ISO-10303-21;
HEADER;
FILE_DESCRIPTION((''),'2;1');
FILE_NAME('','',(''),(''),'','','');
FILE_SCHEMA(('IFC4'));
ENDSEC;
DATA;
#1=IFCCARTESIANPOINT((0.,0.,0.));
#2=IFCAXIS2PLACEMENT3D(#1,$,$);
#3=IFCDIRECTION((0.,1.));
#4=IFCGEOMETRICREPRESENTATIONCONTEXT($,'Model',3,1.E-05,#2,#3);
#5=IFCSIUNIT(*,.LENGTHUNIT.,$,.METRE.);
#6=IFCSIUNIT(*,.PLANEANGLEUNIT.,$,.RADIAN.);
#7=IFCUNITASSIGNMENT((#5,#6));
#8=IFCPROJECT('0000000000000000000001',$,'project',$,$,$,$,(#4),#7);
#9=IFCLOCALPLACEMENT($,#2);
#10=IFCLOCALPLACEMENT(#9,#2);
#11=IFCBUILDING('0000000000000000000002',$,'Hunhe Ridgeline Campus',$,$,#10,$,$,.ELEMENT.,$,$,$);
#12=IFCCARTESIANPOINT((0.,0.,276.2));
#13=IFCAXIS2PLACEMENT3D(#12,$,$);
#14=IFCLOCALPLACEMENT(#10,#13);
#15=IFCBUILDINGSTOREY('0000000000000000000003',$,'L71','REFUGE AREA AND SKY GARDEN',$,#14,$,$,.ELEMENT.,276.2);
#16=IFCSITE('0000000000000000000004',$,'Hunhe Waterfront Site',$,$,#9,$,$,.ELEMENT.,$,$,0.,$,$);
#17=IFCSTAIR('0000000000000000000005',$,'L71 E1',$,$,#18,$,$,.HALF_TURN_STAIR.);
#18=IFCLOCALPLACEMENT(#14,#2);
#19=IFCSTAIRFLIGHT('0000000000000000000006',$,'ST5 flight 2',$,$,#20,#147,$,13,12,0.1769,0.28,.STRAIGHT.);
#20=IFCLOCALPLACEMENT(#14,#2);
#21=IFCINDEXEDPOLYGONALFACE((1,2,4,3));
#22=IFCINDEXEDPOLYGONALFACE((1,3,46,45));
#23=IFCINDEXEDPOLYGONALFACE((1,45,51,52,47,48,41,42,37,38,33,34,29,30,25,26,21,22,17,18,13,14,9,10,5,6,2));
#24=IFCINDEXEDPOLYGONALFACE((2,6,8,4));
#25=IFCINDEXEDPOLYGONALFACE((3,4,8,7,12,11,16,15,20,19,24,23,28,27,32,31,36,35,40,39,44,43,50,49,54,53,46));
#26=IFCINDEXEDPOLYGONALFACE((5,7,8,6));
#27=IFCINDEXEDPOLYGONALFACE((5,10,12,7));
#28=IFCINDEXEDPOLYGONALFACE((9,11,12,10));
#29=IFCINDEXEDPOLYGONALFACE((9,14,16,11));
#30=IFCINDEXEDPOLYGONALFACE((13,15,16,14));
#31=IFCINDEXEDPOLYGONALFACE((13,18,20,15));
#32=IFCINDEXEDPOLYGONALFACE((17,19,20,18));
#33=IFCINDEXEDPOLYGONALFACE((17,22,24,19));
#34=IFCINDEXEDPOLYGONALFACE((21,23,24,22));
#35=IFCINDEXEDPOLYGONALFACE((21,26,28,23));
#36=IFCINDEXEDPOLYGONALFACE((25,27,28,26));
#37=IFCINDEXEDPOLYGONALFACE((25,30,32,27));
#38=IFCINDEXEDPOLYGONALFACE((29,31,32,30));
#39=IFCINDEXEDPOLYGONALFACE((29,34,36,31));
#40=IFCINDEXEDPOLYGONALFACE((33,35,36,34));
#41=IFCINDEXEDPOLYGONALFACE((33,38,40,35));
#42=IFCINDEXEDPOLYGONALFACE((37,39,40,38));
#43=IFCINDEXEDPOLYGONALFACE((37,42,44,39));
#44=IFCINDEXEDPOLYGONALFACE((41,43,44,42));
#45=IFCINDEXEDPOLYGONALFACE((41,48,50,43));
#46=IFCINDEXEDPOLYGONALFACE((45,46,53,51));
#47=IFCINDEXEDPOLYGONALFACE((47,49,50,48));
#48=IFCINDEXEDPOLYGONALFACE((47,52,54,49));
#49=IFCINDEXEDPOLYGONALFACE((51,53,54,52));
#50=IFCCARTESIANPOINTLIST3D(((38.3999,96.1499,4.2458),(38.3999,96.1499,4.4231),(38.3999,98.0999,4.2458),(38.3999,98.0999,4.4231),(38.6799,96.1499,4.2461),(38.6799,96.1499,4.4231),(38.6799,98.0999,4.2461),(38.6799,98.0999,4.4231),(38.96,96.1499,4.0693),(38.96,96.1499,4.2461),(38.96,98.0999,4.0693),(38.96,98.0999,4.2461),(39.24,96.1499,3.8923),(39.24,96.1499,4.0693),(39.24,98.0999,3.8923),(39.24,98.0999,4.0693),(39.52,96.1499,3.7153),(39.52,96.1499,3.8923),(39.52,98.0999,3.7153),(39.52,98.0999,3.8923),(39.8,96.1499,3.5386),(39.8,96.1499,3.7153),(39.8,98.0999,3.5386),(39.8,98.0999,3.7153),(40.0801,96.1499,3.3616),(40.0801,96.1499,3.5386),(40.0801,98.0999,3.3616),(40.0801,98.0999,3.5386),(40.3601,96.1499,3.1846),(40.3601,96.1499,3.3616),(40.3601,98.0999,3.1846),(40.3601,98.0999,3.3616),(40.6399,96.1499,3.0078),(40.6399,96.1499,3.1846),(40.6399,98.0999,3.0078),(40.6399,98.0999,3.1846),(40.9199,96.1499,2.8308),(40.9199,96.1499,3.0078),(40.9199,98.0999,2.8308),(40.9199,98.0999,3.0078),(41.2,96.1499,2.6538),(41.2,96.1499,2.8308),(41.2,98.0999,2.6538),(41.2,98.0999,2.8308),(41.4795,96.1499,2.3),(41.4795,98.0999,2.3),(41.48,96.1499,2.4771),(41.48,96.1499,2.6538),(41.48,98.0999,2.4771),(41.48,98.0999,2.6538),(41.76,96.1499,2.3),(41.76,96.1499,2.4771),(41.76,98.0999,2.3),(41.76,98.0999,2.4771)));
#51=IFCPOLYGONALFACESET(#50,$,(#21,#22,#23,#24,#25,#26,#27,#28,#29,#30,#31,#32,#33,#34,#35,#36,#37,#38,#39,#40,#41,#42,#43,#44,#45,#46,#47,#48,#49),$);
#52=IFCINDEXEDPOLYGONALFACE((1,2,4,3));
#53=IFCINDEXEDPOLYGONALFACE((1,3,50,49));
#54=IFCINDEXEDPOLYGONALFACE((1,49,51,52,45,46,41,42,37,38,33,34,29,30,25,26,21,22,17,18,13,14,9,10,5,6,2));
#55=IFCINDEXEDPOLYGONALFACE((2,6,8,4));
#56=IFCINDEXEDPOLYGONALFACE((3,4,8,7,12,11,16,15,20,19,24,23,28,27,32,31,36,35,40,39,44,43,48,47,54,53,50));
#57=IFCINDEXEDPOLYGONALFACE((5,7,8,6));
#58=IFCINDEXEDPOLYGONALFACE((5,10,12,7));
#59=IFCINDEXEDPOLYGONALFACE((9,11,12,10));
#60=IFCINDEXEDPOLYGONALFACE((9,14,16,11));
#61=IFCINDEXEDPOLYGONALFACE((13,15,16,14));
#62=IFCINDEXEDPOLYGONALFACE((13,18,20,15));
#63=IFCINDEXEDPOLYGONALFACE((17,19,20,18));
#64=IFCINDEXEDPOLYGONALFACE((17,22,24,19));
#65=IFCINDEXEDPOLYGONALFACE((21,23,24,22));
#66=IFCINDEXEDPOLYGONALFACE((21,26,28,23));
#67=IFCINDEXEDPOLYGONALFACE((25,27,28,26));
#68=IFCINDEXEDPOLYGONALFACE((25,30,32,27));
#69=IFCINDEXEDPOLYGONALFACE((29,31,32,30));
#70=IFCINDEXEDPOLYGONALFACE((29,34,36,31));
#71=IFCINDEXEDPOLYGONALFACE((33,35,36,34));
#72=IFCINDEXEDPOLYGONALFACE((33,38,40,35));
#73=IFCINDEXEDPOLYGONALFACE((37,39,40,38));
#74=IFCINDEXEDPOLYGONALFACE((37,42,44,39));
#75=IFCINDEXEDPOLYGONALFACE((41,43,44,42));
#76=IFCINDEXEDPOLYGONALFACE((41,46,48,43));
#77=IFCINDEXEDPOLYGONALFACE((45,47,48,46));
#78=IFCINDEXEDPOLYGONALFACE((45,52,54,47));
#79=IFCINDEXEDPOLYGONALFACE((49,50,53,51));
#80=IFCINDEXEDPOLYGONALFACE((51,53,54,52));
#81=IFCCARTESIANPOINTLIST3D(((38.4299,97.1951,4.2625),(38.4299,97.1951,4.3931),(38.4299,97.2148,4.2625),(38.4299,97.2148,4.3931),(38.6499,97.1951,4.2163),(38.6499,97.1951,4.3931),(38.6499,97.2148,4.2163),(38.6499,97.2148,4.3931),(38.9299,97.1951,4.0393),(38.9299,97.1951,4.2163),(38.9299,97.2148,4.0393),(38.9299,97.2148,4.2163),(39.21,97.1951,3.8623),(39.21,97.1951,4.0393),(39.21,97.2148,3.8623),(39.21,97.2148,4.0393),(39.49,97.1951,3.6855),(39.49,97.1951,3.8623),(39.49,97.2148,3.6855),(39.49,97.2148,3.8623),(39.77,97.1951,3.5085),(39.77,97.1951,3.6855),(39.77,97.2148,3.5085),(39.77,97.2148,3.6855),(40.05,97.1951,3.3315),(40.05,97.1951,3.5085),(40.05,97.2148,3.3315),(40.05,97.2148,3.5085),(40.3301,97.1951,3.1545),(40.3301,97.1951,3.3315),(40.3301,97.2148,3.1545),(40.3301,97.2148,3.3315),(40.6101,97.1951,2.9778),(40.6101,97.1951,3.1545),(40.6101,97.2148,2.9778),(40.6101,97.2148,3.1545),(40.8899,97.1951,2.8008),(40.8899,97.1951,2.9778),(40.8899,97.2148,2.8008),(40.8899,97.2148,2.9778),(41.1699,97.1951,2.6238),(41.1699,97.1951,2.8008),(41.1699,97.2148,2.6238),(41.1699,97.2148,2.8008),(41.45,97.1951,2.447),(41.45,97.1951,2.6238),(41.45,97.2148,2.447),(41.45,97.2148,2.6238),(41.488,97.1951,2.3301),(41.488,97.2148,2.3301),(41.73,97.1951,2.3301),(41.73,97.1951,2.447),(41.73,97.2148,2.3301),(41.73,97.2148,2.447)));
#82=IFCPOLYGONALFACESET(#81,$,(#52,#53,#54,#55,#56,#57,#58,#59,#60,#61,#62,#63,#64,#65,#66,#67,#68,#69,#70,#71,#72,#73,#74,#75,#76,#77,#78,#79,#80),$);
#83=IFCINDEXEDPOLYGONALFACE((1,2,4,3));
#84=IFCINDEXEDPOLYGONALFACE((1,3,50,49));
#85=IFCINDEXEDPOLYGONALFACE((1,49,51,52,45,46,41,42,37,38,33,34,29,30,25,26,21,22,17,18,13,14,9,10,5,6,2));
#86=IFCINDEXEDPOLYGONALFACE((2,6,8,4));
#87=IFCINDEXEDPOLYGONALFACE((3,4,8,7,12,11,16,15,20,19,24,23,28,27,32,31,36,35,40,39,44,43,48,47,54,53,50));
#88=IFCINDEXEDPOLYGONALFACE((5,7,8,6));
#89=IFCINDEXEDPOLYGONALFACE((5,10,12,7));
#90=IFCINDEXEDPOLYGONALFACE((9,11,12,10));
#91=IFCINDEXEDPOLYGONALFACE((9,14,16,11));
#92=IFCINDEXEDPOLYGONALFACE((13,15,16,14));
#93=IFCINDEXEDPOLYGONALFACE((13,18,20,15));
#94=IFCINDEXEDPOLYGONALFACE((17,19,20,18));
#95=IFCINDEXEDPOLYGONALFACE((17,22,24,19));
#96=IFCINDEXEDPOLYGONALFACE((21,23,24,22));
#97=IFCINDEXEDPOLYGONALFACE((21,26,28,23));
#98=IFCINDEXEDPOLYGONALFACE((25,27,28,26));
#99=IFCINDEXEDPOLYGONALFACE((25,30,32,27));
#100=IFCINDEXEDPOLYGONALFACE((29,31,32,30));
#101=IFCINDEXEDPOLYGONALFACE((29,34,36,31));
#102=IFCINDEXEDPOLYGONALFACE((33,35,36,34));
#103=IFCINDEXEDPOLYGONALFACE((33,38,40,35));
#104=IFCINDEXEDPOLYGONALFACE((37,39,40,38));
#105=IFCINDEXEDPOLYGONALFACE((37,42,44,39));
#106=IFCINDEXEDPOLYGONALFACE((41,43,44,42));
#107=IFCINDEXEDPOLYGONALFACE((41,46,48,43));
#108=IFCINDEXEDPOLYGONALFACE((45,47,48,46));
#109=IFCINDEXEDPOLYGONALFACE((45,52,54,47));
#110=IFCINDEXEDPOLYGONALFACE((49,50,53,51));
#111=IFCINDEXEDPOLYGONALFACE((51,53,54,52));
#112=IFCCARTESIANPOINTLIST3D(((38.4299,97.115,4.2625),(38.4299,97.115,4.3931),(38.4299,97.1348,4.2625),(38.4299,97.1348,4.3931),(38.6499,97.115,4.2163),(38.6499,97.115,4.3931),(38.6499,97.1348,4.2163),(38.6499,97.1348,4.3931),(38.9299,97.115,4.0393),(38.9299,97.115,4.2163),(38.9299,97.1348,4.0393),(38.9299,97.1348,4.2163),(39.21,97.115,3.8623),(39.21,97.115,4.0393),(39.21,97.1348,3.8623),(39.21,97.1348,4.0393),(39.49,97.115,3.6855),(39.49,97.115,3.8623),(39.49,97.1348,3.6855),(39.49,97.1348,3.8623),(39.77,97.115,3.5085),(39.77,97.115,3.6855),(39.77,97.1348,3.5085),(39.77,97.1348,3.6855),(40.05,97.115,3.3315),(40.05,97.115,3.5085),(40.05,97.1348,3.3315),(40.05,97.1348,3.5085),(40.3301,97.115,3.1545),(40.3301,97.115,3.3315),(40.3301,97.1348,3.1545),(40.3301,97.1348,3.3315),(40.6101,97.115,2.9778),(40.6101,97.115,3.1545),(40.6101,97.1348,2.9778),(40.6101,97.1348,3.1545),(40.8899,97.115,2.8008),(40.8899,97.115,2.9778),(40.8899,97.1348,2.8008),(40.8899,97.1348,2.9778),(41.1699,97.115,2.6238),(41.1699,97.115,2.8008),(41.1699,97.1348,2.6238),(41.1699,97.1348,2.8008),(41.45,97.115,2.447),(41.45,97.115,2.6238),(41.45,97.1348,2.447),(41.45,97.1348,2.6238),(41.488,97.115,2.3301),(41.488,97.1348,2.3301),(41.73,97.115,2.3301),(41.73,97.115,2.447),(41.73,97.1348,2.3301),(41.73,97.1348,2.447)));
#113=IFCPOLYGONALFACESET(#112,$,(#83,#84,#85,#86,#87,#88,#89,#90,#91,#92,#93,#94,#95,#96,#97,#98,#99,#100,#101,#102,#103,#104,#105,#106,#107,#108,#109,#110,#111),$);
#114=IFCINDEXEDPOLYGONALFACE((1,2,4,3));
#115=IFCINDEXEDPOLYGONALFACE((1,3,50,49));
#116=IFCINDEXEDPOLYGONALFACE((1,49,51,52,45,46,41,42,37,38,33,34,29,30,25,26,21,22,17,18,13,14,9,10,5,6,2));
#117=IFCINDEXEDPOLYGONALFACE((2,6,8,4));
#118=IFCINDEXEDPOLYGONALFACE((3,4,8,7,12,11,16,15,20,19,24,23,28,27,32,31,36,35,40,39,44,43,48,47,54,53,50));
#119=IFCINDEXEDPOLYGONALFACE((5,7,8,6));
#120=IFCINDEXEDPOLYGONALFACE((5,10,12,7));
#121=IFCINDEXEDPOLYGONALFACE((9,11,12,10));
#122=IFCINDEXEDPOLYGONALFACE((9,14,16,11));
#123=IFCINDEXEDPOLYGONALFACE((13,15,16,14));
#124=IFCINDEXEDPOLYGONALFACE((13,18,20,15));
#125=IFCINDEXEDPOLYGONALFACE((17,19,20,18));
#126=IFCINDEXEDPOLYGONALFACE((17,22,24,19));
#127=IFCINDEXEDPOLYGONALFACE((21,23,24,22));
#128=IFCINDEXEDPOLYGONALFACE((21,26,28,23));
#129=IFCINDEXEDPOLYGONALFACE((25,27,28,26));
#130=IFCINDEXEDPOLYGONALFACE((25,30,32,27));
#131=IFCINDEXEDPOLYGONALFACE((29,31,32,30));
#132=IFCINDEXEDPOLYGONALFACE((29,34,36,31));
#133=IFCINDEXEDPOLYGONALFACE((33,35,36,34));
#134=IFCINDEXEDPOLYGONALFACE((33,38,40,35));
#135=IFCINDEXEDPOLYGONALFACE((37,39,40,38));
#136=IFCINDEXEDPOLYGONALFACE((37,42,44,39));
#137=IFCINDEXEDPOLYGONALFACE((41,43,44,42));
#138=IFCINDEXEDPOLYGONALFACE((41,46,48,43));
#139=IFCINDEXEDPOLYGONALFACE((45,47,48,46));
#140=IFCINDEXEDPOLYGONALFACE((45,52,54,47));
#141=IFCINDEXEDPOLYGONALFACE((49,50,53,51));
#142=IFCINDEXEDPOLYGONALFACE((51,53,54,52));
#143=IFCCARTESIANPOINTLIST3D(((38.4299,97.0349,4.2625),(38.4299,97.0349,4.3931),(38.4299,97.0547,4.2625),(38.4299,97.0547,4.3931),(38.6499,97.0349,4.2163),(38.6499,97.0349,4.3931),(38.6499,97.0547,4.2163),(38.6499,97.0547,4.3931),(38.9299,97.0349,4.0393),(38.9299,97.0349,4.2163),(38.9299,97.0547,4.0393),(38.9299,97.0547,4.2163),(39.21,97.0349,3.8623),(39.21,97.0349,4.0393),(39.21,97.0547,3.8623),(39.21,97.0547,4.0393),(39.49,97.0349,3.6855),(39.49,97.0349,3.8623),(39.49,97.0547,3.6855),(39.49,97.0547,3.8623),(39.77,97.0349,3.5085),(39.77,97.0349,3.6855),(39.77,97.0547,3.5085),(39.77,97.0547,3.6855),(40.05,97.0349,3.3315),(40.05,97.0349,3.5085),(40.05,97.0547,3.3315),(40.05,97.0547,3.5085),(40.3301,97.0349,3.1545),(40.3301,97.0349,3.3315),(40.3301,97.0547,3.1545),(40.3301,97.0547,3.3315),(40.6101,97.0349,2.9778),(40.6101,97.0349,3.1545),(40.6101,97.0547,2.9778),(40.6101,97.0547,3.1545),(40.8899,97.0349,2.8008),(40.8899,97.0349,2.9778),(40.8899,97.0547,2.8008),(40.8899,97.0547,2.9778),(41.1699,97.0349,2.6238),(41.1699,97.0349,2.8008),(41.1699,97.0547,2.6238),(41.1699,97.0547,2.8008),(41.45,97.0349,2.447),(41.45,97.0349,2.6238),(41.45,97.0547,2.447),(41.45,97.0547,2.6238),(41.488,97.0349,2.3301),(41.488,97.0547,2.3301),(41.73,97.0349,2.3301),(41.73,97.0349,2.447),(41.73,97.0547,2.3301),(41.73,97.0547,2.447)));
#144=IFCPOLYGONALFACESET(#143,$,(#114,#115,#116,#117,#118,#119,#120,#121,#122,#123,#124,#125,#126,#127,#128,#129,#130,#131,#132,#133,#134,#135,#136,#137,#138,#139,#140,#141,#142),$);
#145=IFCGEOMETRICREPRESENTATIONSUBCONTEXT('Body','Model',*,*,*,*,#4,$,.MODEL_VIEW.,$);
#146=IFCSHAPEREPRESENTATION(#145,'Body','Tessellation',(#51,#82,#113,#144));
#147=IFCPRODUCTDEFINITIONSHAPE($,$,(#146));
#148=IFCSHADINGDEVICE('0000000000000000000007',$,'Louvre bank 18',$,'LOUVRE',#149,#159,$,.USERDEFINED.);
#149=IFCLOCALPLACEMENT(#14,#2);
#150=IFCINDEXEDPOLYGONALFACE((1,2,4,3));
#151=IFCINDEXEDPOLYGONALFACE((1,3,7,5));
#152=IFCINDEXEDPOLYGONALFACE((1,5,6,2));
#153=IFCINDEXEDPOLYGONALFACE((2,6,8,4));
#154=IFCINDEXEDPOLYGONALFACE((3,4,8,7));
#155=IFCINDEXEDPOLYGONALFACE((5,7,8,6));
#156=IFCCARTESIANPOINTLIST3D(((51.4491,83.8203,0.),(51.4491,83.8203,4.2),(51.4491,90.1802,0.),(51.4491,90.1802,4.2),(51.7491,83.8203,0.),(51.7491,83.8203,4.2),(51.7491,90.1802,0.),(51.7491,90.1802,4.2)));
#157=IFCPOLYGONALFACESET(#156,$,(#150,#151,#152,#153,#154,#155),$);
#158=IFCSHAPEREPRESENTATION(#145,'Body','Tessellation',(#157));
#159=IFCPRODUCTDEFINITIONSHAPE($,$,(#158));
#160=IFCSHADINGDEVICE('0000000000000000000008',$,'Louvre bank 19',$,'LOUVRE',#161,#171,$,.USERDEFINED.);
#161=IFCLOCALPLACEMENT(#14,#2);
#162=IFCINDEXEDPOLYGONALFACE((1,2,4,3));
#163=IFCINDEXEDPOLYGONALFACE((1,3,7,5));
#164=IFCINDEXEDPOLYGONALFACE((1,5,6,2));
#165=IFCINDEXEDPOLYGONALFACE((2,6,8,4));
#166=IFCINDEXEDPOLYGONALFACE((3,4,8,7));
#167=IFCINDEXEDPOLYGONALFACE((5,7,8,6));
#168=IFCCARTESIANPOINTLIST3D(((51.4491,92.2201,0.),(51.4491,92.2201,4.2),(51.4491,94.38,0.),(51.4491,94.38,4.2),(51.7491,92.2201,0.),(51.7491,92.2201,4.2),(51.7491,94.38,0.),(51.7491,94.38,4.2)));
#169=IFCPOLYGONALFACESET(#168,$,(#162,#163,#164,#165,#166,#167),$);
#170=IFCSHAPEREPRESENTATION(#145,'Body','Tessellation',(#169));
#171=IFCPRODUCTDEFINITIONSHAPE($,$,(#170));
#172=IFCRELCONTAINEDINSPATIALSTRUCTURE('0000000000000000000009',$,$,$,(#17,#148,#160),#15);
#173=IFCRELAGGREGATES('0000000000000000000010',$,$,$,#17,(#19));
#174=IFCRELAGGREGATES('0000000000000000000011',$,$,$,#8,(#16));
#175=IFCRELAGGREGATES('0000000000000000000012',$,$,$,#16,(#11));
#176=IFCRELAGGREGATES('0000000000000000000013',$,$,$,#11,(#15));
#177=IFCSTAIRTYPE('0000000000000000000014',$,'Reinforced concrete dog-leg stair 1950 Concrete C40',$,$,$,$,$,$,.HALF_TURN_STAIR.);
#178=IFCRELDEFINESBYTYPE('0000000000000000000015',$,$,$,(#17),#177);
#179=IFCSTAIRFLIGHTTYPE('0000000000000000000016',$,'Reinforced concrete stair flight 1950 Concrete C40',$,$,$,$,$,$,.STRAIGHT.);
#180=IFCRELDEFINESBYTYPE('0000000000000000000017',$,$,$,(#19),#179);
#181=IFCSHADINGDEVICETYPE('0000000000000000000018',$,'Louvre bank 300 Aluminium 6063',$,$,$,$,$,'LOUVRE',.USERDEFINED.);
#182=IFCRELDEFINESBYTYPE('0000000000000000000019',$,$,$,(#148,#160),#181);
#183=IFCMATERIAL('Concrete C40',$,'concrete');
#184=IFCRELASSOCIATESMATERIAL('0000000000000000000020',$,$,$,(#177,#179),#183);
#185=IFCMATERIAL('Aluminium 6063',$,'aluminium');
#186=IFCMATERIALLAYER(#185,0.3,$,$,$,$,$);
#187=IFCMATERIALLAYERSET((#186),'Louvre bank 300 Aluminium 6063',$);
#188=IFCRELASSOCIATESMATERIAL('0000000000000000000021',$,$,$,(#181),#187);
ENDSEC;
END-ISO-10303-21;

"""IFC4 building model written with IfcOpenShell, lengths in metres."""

from ifc_helpers import new_model, si_unit, direction, frame, origin, origin_2d, place, context, subcontext, project, spatial, polyline, rectangle, outline, extrude, material, layer, layer_set, type_object, element, aggregate, save


model = new_model("IFC4")

# Units and contexts
model_context = context("Model", 3, precision=1e-05, world=origin(), true_north=direction((0.0, 1.0)))
body_context = subcontext(model_context, "Body", "Model", "MODEL_VIEW")
ifc_project = project(units=[si_unit("LENGTHUNIT", "METRE"), si_unit("PLANEANGLEUNIT", "RADIAN")], contexts=[model_context])

# Site, building, storey
site_placement = place(None, origin())
site = spatial("IfcSite", under=ifc_project, at=site_placement, Name="Hunhe Waterfront Site", CompositionType="ELEMENT", RefElevation=0.0)
building_placement = place(site_placement, origin())
building = spatial("IfcBuilding", under=site, at=building_placement, Name="Hunhe Ridgeline Campus", CompositionType="ELEMENT")
storey_placement = place(building_placement, frame((0.0, 0.0, 276.2)))
storey = spatial("IfcBuildingStorey", under=building, at=storey_placement, Name="L71", Description="REFUGE AREA AND SKY GARDEN", CompositionType="ELEMENT", Elevation=276.2)

# Shared definitions
ifc_material_1 = material(Name="Aluminium 6063", Category="aluminium")

# Stair, stair flight
ifc_material_2 = material(Name="Concrete C40", Category="concrete")
stair_type = type_object("IfcStairType", Name="Reinforced concrete dog-leg stair 1950 Concrete C40", PredefinedType="HALF_TURN_STAIR", material=ifc_material_2)
stair_placement = place(storey_placement, origin())
stair = element("IfcStair", 1, at=stair_placement, inside=storey, type_object=stair_type, Name="L71 E1", PredefinedType="HALF_TURN_STAIR")
stair_flight_type = type_object("IfcStairFlightType", Name="Reinforced concrete stair flight 1950 Concrete C40", PredefinedType="STRAIGHT", material=ifc_material_2)
stair_flight_placement = place(storey_placement, frame((41.76, 97.125, 2.3), z_axis=(0.0, 0.0, 1.0), x_axis=(-1.0, 0.0, 0.0)))
stair_flight = element("IfcStairFlight", 2, at=stair_flight_placement, type_object=stair_flight_type, Name="ST5 flight 2", NumberOfRisers=13, NumberOfTreads=12, PredefinedType="STRAIGHT", RiserHeight=0.1769, TreadLength=0.28, context=body_context, shape_type="SweptSolid", body=[
    extrude(outline(polyline([(0.0, 0.0), (0.0, 0.177), (0.28, 0.177), (0.28, 0.3538), (0.5601, 0.3538), (0.5601, 0.5308), (0.8401, 0.5308), (0.8401, 0.7078), (1.1201, 0.7078), (1.1201, 0.8845), (1.3999, 0.8845), (1.3999, 1.0615), (1.6799, 1.0615), (1.6799, 1.2385), (1.96, 1.2385), (1.96, 1.4153), (2.24, 1.4153), (2.24, 1.5923), (2.52, 1.5923), (2.52, 1.7693), (2.8, 1.7693), (2.8, 1.946), (3.0801, 1.946), (3.0801, 2.123), (3.3601, 2.123), (3.3601, 2.3), (3.3601, 1.9458), (0.2805, 0.0), (0.0, 0.0)])), frame((0.0, 0.9751, 0.0), z_axis=(0.0, -1.0, 0.0), x_axis=(1.0, 0.0, 0.0)), (0.0, 0.0, 1.0), 1.95),
    extrude(outline(polyline([(0.03, 0.03), (0.03, 0.147), (0.3101, 0.147), (0.3101, 0.3237), (0.5901, 0.3237), (0.5901, 0.5007), (0.8701, 0.5007), (0.8701, 0.6777), (1.1499, 0.6777), (1.1499, 0.8545), (1.4299, 0.8545), (1.4299, 1.0315), (1.71, 1.0315), (1.71, 1.2085), (1.99, 1.2085), (1.99, 1.3855), (2.27, 1.3855), (2.27, 1.5623), (2.55, 1.5623), (2.55, 1.7393), (2.8301, 1.7393), (2.8301, 1.9163), (3.1101, 1.9163), (3.1101, 2.093), (3.3301, 2.093), (3.3301, 1.9624), (0.272, 0.03), (0.03, 0.03)])), frame((0.0, -0.0701, 0.0), z_axis=(0.0, -1.0, 0.0), x_axis=(1.0, 0.0, 0.0)), (0.0, 0.0, 1.0), 0.0198),
    extrude(outline(polyline([(0.03, 0.03), (0.03, 0.147), (0.3101, 0.147), (0.3101, 0.3237), (0.5901, 0.3237), (0.5901, 0.5007), (0.8701, 0.5007), (0.8701, 0.6777), (1.1499, 0.6777), (1.1499, 0.8545), (1.4299, 0.8545), (1.4299, 1.0315), (1.71, 1.0315), (1.71, 1.2085), (1.99, 1.2085), (1.99, 1.3855), (2.27, 1.3855), (2.27, 1.5623), (2.55, 1.5623), (2.55, 1.7393), (2.8301, 1.7393), (2.8301, 1.9163), (3.1101, 1.9163), (3.1101, 2.093), (3.3301, 2.093), (3.3301, 1.9624), (0.272, 0.03), (0.03, 0.03)])), frame((0.0, 0.01, 0.0), z_axis=(0.0, -1.0, 0.0), x_axis=(1.0, 0.0, 0.0)), (0.0, 0.0, 1.0), 0.0198),
    extrude(outline(polyline([(0.03, 0.03), (0.03, 0.147), (0.3101, 0.147), (0.3101, 0.3237), (0.5901, 0.3237), (0.5901, 0.5007), (0.8701, 0.5007), (0.8701, 0.6777), (1.1499, 0.6777), (1.1499, 0.8545), (1.4299, 0.8545), (1.4299, 1.0315), (1.71, 1.0315), (1.71, 1.2085), (1.99, 1.2085), (1.99, 1.3855), (2.27, 1.3855), (2.27, 1.5623), (2.55, 1.5623), (2.55, 1.7393), (2.8301, 1.7393), (2.8301, 1.9163), (3.1101, 1.9163), (3.1101, 2.093), (3.3301, 2.093), (3.3301, 1.9624), (0.272, 0.03), (0.03, 0.03)])), frame((0.0, 0.0901, 0.0), z_axis=(0.0, -1.0, 0.0), x_axis=(1.0, 0.0, 0.0)), (0.0, 0.0, 1.0), 0.0198),
])
aggregate(stair, [stair_flight])

# Shading devices
ifc_layer_1 = layer(ifc_material_1, 0.3)
ifc_layer_set_1 = layer_set([ifc_layer_1], Name="Louvre bank 300 Aluminium 6063")
shading_device_type = type_object("IfcShadingDeviceType", Name="Louvre bank 300 Aluminium 6063", ElementType="LOUVRE", PredefinedType="USERDEFINED", material=ifc_layer_set_1)
shading_device_1_placement = place(storey_placement, frame((51.5991, 87.0002, 0.0), z_axis=(0.0, 0.0, 1.0), x_axis=(0.0, 1.0, 0.0)))
element("IfcShadingDevice", 3, at=shading_device_1_placement, inside=storey, type_object=shading_device_type, Name="Louvre bank 18", ObjectType="LOUVRE", PredefinedType="USERDEFINED", context=body_context, shape_type="SweptSolid", body=[
    extrude(rectangle(XDim=6.3599, YDim=0.3, at=origin_2d()), origin(), (0.0, 0.0, 1.0), 4.2),
])
shading_device_2_placement = place(storey_placement, frame((51.5991, 93.3, 0.0), z_axis=(0.0, 0.0, 1.0), x_axis=(0.0, 1.0, 0.0)))
element("IfcShadingDevice", 4, at=shading_device_2_placement, inside=storey, type_object=shading_device_type, Name="Louvre bank 19", ObjectType="LOUVRE", PredefinedType="USERDEFINED", context=body_context, shape_type="SweptSolid", body=[
    extrude(rectangle(XDim=2.1599, YDim=0.3, at=origin_2d()), origin(), (0.0, 0.0, 1.0), 4.2),
])

save(model, "model.ifc")
